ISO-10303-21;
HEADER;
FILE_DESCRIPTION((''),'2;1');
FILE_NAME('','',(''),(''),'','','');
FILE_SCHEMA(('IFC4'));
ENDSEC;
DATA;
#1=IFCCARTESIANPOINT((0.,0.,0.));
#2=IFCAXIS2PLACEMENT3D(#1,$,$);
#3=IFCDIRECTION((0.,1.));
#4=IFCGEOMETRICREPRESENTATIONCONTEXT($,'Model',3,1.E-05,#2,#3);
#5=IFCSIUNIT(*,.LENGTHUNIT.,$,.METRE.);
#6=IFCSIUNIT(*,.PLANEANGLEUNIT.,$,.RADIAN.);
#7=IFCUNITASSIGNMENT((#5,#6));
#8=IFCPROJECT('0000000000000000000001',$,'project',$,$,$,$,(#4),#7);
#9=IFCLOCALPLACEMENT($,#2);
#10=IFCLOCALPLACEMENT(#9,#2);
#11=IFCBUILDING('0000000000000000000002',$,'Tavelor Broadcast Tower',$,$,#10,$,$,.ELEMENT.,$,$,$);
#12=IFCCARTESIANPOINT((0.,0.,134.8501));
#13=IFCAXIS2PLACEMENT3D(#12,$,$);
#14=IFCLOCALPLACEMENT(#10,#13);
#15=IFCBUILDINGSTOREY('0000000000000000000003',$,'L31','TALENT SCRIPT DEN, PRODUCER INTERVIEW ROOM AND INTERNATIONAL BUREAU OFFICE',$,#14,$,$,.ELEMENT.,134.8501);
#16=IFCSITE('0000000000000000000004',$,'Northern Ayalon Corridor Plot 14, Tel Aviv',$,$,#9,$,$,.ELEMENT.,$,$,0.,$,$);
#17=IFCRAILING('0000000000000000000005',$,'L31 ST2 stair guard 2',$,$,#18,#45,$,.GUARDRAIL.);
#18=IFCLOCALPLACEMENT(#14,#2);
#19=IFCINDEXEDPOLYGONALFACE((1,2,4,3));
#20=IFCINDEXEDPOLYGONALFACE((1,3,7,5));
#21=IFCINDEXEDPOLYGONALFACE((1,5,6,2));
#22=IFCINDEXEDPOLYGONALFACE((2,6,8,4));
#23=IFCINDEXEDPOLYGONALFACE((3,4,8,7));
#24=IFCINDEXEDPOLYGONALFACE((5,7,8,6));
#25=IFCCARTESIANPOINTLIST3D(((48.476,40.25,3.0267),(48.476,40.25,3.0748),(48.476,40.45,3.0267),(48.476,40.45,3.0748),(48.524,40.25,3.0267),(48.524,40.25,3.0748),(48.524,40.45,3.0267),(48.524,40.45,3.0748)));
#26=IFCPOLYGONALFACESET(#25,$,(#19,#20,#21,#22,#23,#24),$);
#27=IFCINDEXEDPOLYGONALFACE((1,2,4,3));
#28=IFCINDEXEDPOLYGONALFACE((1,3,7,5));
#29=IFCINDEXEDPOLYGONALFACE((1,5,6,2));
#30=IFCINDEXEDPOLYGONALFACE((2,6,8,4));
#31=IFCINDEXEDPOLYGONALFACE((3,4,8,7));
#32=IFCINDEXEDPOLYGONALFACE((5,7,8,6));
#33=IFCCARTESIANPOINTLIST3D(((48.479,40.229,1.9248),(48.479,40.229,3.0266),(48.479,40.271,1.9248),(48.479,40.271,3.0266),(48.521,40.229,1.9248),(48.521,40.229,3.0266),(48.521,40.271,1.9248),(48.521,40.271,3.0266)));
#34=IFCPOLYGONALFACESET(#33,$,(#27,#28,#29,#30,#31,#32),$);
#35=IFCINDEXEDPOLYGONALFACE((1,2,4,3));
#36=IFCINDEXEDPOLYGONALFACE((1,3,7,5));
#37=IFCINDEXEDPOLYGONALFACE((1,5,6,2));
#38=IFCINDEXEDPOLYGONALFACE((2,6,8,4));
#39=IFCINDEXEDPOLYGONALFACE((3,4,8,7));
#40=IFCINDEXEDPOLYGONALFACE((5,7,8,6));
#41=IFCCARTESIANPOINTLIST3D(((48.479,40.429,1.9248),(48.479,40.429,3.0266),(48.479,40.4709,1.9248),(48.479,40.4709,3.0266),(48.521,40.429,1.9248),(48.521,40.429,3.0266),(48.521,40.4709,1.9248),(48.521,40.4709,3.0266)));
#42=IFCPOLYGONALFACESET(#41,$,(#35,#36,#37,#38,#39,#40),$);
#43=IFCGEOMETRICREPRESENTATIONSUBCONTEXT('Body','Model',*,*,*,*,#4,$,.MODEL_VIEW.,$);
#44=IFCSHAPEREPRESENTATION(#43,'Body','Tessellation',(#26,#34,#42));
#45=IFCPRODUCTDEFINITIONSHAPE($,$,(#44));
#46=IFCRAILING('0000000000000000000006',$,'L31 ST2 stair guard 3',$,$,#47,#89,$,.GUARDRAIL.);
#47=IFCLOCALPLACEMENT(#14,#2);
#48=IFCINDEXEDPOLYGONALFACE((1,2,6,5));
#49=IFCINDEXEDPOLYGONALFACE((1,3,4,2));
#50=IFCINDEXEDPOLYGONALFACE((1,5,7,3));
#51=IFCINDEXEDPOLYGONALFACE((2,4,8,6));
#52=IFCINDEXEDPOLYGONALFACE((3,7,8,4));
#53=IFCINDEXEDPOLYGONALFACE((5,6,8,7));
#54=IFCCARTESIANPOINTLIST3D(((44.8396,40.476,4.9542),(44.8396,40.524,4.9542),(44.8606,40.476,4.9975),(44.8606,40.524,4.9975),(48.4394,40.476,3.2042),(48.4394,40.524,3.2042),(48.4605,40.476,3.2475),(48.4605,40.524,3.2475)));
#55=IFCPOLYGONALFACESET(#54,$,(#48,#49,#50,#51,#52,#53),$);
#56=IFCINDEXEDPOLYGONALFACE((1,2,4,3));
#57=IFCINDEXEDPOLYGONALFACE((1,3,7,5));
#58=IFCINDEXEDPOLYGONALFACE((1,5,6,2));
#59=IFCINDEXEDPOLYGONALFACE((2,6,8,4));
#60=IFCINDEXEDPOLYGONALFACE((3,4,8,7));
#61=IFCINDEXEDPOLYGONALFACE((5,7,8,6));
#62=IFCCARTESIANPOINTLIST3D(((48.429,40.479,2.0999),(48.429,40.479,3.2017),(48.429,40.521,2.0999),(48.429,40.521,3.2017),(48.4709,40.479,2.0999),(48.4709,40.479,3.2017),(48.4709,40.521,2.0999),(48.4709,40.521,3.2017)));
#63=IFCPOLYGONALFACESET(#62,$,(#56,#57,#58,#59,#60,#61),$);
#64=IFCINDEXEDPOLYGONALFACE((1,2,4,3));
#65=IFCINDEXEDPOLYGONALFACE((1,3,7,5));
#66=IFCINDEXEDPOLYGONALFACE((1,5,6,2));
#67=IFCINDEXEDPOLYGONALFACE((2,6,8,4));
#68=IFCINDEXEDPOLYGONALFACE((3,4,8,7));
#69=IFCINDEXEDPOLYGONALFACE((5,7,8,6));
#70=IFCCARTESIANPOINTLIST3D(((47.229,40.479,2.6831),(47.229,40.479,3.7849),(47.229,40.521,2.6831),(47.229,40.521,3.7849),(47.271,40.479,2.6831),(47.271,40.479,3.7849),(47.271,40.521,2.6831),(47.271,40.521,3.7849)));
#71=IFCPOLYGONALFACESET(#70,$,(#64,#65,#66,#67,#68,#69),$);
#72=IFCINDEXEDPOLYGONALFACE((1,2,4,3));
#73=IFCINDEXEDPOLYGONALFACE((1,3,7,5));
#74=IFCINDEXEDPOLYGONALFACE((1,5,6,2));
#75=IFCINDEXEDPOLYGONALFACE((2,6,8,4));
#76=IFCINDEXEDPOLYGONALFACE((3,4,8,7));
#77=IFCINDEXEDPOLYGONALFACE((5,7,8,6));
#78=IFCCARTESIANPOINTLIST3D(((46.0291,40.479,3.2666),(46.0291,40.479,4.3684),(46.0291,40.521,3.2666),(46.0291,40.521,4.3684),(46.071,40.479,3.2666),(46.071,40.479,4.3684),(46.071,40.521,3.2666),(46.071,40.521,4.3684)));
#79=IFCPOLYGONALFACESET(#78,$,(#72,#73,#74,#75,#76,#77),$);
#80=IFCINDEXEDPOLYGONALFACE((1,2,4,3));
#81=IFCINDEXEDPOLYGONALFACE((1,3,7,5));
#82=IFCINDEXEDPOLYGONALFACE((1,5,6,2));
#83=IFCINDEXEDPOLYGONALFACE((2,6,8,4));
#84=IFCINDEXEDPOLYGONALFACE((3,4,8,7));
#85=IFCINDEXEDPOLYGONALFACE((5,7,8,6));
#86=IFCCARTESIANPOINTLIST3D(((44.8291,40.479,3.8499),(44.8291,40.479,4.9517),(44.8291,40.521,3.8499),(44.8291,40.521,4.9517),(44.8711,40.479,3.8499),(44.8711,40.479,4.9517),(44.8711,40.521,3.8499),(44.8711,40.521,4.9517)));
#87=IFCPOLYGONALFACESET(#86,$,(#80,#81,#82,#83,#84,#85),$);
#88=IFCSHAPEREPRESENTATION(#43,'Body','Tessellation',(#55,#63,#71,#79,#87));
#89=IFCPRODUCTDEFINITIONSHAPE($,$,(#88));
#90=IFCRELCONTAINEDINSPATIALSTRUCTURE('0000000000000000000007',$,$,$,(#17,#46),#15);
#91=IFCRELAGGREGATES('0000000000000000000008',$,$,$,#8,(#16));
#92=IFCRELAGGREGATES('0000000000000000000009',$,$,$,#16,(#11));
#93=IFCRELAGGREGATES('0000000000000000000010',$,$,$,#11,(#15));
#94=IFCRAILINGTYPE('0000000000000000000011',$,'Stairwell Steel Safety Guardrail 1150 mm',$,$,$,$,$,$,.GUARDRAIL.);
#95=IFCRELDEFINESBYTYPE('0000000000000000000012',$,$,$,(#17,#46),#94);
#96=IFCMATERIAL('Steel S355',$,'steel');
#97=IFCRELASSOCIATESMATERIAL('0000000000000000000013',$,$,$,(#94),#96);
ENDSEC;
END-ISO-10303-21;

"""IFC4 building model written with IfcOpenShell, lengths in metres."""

from ifc_helpers import new_model, si_unit, direction, frame, origin, origin_2d, place, context, subcontext, project, spatial, rectangle, extrude, material, type_object, element, save


model = new_model("IFC4")

# Units and contexts
model_context = context("Model", 3, precision=1e-05, world=origin(), true_north=direction((0.0, 1.0)))
body_context = subcontext(model_context, "Body", "Model", "MODEL_VIEW")
ifc_project = project(units=[si_unit("LENGTHUNIT", "METRE"), si_unit("PLANEANGLEUNIT", "RADIAN")], contexts=[model_context])

# Site, building, storey
site_placement = place(None, origin())
site = spatial("IfcSite", under=ifc_project, at=site_placement, Name="Northern Ayalon Corridor Plot 14, Tel Aviv", CompositionType="ELEMENT", RefElevation=0.0)
building_placement = place(site_placement, origin())
building = spatial("IfcBuilding", under=site, at=building_placement, Name="Tavelor Broadcast Tower", CompositionType="ELEMENT")
storey_placement = place(building_placement, frame((0.0, 0.0, 134.8501)))
storey = spatial("IfcBuildingStorey", under=building, at=storey_placement, Name="L31", Description="TALENT SCRIPT DEN, PRODUCER INTERVIEW ROOM AND INTERNATIONAL BUREAU OFFICE", CompositionType="ELEMENT", Elevation=134.8501)

# Shared definitions
ifc_material_1 = material(Name="Steel S355", Category="steel")

# Railings
railing_type_1 = type_object("IfcRailingType", Name="Stairwell Steel Safety Guardrail 1150 mm", PredefinedType="GUARDRAIL", material=ifc_material_1)
railing_1_placement = place(storey_placement, frame((48.5, 40.25, 1.9248)))
element("IfcRailing", 1, at=railing_1_placement, inside=storey, type_object=railing_type_1, Name="L31 ST2 stair guard 2", PredefinedType="GUARDRAIL", context=body_context, shape_type="SweptSolid", body=[
    extrude(rectangle(XDim=0.0481, YDim=0.0481, at=origin_2d()), frame((0.0, 0.0, 1.126), z_axis=(0.0, 1.0, 0.0), x_axis=(-1.0, 0.0, 0.0)), (0.0, 0.0, 1.0), 0.2),
    extrude(rectangle(XDim=0.042, YDim=0.042, at=origin_2d()), origin(), (0.0, 0.0, 1.0), 1.1018),
    extrude(rectangle(XDim=0.042, YDim=0.042, at=origin_2d()), frame((0.0, 0.2, 0.0)), (0.0, 0.0, 1.0), 1.1018),
])
railing_2_placement = place(storey_placement, frame((48.45, 40.5, 2.0999)))
element("IfcRailing", 2, at=railing_2_placement, inside=storey, type_object=railing_type_1, Name="L31 ST2 stair guard 3", PredefinedType="GUARDRAIL", context=body_context, shape_type="SweptSolid", body=[
    extrude(rectangle(XDim=0.0481, YDim=0.0481, at=origin_2d()), frame((0.0, 0.0, 1.126), z_axis=(-0.899361, 0.0, 0.437207), x_axis=(0.0, -1.0, 0.0)), (0.0, 0.0, 1.0), 4.0027),
    extrude(rectangle(XDim=0.042, YDim=0.042, at=origin_2d()), origin(), (0.0, 0.0, 1.0), 1.1018),
    extrude(rectangle(XDim=0.042, YDim=0.042, at=origin_2d()), frame((-1.2, 0.0, 0.5833)), (0.0, 0.0, 1.0), 1.1018),
    extrude(rectangle(XDim=0.042, YDim=0.042, at=origin_2d()), frame((-2.3999, 0.0, 1.1667)), (0.0, 0.0, 1.0), 1.1018),
    extrude(rectangle(XDim=0.042, YDim=0.042, at=origin_2d()), frame((-3.5999, 0.0, 1.75)), (0.0, 0.0, 1.0), 1.1018),
])

save(model, "model.ifc")
